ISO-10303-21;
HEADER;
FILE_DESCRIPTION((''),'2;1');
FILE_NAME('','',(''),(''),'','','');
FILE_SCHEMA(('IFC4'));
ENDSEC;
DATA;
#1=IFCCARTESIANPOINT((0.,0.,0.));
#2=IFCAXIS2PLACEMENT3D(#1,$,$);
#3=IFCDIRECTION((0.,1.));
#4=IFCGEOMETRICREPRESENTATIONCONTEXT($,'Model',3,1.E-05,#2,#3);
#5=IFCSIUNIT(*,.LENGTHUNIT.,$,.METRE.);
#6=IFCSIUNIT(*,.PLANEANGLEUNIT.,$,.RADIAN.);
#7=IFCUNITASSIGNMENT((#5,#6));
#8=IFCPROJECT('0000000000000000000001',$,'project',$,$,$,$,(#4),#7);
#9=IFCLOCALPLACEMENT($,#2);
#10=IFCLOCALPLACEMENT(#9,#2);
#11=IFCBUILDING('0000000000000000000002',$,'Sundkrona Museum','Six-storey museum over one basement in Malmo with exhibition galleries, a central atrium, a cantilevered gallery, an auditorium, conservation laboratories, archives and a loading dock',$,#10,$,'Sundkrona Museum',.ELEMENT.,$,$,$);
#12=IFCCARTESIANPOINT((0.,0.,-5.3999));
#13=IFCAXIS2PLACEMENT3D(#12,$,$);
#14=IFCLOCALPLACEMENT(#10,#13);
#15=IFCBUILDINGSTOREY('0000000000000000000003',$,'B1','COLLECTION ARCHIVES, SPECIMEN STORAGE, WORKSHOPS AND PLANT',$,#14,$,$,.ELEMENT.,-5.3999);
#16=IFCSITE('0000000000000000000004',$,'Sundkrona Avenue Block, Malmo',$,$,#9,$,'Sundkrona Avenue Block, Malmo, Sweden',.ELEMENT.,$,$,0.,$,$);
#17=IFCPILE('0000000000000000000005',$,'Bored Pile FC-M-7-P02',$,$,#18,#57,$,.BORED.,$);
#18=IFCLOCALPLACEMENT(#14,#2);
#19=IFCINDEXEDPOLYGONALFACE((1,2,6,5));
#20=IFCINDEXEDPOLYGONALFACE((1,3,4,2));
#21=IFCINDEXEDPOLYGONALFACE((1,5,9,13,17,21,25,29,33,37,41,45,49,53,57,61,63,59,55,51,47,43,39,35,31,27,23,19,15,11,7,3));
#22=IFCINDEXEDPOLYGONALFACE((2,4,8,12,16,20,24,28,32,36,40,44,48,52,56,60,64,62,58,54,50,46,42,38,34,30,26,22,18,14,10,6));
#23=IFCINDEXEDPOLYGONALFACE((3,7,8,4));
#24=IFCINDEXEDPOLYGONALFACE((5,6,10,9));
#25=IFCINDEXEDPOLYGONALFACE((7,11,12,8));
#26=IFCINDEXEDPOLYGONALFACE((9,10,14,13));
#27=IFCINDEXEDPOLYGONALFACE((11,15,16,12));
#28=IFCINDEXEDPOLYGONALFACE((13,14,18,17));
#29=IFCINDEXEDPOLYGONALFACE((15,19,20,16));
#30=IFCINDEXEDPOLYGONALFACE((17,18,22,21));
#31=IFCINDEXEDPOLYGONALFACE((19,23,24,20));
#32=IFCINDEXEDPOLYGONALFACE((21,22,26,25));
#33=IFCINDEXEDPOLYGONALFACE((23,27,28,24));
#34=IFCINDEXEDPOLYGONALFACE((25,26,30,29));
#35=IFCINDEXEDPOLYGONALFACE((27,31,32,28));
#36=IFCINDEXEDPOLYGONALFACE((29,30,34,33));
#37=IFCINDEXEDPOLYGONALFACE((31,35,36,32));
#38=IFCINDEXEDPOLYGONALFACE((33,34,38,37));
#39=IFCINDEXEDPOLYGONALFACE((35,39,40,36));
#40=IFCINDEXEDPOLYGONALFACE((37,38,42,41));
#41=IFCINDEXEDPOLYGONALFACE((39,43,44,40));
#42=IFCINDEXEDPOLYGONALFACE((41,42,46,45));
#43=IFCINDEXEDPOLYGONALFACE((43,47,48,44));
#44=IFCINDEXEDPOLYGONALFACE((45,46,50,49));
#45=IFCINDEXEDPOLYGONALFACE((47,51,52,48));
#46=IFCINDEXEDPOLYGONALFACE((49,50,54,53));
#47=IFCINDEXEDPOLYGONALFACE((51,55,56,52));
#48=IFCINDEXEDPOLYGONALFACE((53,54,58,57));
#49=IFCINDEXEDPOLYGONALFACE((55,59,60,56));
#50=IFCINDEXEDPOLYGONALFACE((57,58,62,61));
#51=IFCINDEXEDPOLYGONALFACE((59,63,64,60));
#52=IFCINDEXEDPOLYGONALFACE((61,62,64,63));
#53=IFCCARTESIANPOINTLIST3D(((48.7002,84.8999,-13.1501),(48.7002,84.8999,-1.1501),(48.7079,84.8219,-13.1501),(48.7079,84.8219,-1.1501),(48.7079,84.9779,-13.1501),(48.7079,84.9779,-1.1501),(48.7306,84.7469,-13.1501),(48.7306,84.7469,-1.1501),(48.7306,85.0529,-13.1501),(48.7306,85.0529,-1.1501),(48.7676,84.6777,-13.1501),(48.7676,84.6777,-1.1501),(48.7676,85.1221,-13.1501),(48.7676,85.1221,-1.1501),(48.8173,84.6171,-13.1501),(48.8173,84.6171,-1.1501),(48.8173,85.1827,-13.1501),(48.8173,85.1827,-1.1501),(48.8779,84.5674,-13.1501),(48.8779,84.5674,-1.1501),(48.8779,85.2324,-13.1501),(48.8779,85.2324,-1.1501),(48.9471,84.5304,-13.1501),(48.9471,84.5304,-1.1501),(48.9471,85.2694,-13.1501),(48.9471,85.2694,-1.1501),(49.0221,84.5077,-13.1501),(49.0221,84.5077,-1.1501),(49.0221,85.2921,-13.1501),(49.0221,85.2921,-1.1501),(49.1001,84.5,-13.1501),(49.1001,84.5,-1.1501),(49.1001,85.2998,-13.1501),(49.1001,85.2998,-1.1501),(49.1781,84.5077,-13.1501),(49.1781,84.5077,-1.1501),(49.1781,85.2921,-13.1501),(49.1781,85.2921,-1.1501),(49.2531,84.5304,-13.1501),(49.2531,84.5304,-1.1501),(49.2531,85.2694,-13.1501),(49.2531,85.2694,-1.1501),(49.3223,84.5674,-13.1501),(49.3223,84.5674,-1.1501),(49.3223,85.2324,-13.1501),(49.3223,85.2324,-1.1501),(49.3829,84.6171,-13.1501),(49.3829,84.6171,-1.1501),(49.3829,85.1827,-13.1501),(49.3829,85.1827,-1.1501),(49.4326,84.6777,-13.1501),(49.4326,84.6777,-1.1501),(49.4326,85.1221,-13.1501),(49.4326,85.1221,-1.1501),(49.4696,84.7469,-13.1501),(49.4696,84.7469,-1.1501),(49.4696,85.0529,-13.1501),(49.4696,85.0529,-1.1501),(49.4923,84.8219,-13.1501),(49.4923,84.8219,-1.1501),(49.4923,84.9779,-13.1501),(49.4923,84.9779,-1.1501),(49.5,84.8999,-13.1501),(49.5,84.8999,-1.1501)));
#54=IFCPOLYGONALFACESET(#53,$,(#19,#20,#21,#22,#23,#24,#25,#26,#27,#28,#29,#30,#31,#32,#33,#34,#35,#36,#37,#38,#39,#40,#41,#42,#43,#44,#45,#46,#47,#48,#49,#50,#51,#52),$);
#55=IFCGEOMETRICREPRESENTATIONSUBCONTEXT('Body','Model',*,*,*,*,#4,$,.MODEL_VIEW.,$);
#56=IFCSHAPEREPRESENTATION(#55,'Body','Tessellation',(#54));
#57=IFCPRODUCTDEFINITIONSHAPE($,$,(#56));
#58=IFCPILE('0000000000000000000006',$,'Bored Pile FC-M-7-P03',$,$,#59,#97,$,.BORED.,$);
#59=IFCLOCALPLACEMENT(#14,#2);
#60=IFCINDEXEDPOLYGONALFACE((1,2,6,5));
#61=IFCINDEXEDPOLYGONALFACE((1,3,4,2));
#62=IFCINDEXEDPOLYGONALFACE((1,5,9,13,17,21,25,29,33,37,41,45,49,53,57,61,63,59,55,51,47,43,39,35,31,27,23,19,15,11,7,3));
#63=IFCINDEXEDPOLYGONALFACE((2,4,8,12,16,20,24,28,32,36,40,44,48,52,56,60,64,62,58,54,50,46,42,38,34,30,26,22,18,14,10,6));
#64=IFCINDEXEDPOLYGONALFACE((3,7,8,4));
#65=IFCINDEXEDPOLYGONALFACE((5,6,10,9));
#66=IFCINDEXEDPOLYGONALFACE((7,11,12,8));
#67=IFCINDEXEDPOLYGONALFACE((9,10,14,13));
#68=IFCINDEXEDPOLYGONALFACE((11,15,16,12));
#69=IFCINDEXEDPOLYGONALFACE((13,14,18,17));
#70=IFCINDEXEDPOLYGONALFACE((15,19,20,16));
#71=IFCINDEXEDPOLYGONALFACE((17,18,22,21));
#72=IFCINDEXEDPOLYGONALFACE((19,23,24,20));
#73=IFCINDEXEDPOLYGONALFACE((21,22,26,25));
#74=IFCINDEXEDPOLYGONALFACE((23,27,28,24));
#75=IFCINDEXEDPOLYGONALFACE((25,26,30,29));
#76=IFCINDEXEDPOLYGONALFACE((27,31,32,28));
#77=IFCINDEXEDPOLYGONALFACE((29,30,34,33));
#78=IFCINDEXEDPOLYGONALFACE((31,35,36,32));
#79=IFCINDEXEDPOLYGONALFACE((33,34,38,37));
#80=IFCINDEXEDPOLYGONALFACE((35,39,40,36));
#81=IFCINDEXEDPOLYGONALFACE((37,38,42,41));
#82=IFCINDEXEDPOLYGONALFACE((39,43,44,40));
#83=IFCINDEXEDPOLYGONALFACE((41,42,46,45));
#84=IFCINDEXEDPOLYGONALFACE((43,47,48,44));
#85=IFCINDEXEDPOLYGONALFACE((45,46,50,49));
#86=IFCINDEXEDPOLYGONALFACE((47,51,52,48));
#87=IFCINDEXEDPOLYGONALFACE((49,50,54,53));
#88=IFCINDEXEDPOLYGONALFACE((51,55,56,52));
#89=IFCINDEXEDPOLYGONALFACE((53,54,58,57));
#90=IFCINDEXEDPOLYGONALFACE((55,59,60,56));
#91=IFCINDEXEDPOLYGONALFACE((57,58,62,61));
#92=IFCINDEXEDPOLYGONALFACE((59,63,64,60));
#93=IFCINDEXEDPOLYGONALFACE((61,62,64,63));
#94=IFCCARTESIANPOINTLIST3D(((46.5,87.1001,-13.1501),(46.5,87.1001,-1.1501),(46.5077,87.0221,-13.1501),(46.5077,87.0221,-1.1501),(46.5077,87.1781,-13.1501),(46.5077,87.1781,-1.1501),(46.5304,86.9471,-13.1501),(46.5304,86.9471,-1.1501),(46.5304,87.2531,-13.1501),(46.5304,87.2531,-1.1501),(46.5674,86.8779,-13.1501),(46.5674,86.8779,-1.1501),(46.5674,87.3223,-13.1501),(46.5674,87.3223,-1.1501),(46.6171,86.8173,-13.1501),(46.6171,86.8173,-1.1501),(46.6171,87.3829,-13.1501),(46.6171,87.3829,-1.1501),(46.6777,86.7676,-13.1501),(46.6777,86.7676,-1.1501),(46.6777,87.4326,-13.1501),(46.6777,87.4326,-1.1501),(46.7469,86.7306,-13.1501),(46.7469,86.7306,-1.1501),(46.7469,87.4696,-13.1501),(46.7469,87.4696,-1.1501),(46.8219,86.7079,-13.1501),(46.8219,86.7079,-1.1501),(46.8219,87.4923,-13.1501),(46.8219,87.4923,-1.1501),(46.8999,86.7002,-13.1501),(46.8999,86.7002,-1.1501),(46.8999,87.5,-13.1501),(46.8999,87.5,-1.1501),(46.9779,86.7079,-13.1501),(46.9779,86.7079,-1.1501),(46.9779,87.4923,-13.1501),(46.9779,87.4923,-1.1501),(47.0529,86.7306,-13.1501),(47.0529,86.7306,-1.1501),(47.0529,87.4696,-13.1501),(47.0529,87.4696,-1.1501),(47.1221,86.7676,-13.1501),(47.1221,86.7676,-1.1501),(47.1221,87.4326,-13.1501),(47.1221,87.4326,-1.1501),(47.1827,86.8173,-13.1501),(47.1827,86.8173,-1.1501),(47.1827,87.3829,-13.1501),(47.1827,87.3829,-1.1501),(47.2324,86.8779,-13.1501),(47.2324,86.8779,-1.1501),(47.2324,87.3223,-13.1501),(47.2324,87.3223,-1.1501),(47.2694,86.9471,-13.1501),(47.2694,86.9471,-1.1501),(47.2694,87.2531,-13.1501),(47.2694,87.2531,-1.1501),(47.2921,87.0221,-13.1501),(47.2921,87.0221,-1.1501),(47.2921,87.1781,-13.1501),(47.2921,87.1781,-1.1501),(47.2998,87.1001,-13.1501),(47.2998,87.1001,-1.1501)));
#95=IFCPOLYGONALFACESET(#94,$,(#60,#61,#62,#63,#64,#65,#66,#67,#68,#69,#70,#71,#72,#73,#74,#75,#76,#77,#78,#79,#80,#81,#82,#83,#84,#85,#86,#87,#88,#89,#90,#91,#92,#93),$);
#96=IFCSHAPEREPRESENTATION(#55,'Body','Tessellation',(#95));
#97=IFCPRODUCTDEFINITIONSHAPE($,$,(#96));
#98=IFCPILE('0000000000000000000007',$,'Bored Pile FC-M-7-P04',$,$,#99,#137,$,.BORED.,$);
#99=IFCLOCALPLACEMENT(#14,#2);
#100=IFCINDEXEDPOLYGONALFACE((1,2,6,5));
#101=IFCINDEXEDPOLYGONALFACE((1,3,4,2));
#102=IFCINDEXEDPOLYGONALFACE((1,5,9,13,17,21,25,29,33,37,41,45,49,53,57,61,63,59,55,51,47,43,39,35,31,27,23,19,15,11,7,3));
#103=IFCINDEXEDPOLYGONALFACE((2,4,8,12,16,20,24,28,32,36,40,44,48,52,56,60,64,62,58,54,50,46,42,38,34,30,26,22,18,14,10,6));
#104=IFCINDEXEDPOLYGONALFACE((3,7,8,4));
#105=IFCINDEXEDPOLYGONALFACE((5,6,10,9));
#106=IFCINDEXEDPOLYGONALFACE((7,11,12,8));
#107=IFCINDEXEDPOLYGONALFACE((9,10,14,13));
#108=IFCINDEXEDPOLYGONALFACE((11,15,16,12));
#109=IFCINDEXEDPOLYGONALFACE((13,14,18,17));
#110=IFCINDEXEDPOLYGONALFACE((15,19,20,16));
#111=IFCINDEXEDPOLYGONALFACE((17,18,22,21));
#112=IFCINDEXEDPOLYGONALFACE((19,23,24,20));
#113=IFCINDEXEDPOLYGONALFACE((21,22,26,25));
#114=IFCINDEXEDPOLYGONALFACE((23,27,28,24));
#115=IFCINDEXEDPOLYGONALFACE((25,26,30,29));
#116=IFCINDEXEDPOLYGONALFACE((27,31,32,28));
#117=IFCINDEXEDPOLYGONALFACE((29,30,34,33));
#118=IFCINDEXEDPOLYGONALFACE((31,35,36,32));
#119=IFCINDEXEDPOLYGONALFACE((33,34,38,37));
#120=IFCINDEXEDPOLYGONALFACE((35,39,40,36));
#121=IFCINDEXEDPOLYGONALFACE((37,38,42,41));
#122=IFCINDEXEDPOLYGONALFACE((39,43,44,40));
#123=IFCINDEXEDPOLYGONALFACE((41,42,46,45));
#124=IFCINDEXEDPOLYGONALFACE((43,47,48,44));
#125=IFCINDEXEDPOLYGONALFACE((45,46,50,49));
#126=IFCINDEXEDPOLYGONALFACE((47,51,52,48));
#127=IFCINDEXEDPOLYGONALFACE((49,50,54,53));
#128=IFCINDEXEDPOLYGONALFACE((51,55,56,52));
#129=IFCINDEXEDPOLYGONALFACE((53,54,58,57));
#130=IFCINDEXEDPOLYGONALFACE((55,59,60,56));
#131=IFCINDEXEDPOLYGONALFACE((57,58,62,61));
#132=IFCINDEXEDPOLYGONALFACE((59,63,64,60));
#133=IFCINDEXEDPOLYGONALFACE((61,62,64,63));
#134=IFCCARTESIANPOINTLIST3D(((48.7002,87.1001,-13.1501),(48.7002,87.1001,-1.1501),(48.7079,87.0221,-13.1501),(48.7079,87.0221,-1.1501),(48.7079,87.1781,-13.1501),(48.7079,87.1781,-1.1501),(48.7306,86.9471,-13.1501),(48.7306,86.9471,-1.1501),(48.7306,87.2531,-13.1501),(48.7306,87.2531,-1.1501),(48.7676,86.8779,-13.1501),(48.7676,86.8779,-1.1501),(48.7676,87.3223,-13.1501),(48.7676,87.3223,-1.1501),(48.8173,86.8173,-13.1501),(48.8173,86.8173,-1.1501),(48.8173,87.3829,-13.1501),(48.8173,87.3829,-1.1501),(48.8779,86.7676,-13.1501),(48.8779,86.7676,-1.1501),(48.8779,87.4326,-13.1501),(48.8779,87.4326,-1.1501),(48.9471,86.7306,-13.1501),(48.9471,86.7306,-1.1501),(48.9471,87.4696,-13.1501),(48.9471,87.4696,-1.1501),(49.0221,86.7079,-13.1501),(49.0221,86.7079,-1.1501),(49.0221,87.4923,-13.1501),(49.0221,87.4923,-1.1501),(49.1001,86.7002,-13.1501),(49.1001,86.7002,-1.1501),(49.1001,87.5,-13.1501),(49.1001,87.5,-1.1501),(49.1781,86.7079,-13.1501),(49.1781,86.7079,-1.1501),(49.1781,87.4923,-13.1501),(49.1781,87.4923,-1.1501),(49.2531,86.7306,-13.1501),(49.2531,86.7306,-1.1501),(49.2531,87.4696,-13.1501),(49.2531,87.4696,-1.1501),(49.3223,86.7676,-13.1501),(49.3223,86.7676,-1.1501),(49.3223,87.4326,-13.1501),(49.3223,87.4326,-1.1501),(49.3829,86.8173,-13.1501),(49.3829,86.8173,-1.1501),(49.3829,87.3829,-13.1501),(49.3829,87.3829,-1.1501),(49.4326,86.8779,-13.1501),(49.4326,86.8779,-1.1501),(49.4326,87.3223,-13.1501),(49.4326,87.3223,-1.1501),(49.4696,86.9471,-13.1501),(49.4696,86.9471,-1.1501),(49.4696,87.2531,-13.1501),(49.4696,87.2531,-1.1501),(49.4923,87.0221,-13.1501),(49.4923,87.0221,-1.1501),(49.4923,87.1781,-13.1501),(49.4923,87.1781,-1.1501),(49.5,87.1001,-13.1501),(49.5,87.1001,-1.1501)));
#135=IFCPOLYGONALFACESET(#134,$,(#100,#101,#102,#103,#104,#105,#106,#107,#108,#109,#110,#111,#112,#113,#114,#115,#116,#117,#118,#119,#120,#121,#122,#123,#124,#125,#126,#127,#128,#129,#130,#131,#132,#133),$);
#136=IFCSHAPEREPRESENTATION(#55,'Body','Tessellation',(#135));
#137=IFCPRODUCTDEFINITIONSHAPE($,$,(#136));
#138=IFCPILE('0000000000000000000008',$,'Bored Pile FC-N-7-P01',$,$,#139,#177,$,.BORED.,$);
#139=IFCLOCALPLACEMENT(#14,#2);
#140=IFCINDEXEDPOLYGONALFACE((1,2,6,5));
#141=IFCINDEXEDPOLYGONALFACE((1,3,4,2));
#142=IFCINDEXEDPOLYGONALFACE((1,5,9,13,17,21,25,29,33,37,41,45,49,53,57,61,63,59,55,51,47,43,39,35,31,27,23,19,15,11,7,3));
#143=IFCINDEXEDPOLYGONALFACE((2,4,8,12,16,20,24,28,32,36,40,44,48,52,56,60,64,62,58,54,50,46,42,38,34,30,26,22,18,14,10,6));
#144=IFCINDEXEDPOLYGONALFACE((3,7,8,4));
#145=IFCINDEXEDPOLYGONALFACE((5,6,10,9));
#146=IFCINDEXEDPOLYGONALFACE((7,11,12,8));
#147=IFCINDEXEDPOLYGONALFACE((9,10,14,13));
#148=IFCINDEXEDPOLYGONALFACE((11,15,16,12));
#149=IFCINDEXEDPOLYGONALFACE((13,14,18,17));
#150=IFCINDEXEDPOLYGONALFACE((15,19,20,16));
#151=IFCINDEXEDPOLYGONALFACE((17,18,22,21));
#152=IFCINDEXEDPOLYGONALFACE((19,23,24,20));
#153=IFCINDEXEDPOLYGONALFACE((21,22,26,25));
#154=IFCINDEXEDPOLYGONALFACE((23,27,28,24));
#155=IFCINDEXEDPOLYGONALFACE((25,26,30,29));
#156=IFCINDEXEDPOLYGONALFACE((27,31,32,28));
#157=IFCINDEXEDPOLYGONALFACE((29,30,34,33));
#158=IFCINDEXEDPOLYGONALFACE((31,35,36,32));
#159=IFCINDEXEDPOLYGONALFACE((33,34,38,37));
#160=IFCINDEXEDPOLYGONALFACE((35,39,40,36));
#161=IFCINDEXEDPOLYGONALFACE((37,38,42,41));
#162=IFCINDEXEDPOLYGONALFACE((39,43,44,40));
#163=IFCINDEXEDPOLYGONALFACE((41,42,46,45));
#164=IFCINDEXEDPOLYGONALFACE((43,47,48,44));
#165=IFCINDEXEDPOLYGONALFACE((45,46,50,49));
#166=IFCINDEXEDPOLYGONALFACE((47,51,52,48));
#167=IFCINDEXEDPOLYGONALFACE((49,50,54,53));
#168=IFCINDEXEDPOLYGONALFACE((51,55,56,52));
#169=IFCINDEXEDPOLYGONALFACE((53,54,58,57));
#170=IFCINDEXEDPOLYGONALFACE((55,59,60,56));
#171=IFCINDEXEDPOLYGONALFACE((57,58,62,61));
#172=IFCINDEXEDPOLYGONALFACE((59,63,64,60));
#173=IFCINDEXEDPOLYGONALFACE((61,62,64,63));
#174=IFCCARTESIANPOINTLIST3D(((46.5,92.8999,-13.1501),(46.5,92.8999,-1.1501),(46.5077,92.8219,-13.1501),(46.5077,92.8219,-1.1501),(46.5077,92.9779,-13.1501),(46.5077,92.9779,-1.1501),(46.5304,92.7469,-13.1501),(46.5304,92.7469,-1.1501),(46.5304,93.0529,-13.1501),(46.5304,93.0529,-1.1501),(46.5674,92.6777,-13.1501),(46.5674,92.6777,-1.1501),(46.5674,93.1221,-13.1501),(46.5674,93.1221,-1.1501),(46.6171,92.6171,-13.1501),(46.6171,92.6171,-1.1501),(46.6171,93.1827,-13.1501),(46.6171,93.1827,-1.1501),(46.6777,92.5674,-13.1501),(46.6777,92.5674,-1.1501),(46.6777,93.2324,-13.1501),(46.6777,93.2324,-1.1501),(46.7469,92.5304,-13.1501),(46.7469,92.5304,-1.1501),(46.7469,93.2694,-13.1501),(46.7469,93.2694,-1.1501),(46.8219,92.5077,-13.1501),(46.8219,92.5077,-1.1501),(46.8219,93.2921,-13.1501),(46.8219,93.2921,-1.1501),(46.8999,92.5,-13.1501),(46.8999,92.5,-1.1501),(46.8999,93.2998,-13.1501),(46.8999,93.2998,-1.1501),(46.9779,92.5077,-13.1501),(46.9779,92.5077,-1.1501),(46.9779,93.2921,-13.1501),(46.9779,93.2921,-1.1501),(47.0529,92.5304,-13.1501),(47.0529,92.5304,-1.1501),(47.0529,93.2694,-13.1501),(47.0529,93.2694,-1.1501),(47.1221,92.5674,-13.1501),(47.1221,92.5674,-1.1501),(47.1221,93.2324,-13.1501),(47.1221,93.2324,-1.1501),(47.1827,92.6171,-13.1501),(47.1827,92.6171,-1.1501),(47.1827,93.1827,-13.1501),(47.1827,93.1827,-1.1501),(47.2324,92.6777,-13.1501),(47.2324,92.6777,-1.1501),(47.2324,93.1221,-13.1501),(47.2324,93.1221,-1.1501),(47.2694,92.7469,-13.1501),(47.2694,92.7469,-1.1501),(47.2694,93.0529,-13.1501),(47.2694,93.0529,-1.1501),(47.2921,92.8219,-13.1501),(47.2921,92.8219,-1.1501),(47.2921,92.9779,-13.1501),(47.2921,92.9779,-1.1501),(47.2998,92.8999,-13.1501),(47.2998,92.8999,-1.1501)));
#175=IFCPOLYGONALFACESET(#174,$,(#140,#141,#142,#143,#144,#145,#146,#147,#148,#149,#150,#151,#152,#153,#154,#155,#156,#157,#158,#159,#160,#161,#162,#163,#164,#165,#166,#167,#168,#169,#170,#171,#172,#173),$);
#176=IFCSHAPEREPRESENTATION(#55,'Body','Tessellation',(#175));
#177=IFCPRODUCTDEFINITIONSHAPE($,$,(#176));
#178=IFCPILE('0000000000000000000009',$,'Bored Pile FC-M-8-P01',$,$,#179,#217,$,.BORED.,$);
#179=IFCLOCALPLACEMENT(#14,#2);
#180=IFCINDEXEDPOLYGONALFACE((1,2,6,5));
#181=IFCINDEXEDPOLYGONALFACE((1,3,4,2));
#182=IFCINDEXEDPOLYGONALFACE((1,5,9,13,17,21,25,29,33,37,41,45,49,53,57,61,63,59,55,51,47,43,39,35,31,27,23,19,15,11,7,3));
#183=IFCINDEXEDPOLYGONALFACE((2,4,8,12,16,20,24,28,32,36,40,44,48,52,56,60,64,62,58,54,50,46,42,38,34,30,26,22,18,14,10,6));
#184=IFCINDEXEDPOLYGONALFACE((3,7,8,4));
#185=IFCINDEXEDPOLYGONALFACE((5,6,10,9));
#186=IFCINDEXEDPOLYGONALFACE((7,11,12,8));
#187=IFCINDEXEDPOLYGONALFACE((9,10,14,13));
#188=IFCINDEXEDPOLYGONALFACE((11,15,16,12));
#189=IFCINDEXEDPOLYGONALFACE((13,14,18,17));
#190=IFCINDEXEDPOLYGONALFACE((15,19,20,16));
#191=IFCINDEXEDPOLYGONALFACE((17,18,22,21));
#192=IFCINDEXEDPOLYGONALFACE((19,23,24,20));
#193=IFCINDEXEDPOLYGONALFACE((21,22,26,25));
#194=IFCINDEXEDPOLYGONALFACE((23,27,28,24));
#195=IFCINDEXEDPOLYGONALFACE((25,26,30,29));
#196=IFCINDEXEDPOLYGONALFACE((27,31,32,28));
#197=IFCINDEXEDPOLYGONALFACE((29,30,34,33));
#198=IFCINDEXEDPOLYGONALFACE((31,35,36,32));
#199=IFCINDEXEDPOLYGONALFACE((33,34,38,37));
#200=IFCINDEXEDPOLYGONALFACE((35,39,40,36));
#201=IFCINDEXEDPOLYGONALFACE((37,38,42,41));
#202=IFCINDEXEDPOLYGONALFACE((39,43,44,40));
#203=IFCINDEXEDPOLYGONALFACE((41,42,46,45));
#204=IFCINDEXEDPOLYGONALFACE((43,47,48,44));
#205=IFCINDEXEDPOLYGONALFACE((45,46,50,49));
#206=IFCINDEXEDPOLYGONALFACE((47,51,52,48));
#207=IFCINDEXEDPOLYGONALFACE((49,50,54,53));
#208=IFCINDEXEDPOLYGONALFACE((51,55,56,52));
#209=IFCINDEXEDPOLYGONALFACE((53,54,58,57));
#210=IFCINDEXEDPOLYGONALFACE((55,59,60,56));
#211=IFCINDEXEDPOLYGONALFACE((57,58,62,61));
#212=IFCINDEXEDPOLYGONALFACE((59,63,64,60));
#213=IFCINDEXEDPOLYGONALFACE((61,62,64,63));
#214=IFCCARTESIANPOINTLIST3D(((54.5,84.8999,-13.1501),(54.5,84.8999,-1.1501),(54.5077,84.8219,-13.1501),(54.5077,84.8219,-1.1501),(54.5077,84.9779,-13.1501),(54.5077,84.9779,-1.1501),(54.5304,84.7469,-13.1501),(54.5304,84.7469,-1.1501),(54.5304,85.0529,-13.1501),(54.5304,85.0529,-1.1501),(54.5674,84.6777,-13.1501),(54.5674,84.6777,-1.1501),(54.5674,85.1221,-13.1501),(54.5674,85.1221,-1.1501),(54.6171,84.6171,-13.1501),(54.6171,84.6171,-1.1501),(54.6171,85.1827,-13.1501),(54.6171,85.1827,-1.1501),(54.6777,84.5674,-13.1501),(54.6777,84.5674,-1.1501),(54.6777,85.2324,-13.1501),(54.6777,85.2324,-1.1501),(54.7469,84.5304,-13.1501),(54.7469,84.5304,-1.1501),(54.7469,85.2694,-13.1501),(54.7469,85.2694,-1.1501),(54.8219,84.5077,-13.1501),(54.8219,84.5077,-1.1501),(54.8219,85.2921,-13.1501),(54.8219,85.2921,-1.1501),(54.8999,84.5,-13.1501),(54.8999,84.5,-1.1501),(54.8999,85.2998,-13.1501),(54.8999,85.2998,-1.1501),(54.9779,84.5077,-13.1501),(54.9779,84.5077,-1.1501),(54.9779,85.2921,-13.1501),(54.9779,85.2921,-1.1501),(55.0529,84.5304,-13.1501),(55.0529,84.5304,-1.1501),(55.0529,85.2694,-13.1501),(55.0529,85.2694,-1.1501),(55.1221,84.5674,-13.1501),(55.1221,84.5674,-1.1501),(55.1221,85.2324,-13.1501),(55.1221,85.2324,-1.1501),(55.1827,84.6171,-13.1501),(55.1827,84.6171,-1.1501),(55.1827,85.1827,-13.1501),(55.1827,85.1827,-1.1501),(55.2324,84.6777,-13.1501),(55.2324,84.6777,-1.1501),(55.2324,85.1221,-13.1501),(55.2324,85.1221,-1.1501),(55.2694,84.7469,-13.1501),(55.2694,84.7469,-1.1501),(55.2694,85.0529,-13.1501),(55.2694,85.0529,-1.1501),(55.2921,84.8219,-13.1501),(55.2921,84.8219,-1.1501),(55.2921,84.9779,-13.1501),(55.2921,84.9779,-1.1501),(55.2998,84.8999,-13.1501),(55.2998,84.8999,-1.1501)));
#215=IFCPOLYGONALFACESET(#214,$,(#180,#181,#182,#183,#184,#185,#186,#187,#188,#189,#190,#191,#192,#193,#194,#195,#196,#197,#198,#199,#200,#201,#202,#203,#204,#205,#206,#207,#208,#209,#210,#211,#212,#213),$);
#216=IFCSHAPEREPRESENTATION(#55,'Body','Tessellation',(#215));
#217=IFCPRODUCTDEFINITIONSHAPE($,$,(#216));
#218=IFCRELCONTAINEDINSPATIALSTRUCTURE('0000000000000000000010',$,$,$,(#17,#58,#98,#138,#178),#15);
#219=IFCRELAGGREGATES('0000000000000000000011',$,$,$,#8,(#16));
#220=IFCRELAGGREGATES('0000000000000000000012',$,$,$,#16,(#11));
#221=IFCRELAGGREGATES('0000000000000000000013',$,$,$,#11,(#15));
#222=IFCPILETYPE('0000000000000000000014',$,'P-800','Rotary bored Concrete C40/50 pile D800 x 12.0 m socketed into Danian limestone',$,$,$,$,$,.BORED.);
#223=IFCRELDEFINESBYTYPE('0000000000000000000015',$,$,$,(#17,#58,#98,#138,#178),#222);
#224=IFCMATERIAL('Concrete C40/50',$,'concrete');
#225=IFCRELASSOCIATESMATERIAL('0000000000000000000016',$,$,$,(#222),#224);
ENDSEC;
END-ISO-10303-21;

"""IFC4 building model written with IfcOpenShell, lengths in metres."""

from ifc_helpers import new_model, si_unit, direction, frame, origin, origin_2d, place, context, subcontext, project, spatial, circle, extrude, material, material_profile, profile_set, type_object, element, save


model = new_model("IFC4")

# Units and contexts
model_context = context("Model", 3, precision=1e-05, world=origin(), true_north=direction((0.0, 1.0)))
body_context = subcontext(model_context, "Body", "Model", "MODEL_VIEW")
ifc_project = project(units=[si_unit("LENGTHUNIT", "METRE"), si_unit("PLANEANGLEUNIT", "RADIAN")], contexts=[model_context])

# Site, building, storey
site_placement = place(None, origin())
site = spatial("IfcSite", under=ifc_project, at=site_placement, Name="Sundkrona Avenue Block, Malmo", LongName="Sundkrona Avenue Block, Malmo, Sweden", CompositionType="ELEMENT", RefElevation=0.0)
building_placement = place(site_placement, origin())
building = spatial("IfcBuilding", under=site, at=building_placement, Name="Sundkrona Museum", Description="Six-storey museum over one basement in Malmo with exhibition galleries, a central atrium, a cantilevered gallery, an auditorium, conservation laboratories, archives and a loading dock", LongName="Sundkrona Museum", CompositionType="ELEMENT")
storey_placement = place(building_placement, frame((0.0, 0.0, -5.3999)))
storey = spatial("IfcBuildingStorey", under=building, at=storey_placement, Name="B1", Description="COLLECTION ARCHIVES, SPECIMEN STORAGE, WORKSHOPS AND PLANT", CompositionType="ELEMENT", Elevation=-5.3999)

# Shared definitions
ifc_material_1 = material(Name="Concrete C40/50", Category="concrete")

# Piles
ifc_material_profile_1 = material_profile(ifc_material_1, circle(Radius=0.3999, at=origin_2d()), Name="PILE D800")
ifc_profile_set_1 = profile_set([ifc_material_profile_1], Name="Concrete C40/50")
pile_type = type_object("IfcPileType", Name="P-800", Description="Rotary bored Concrete C40/50 pile D800 x 12.0 m socketed into Danian limestone", PredefinedType="BORED", material=ifc_profile_set_1)
for number, where, z_axis, x_axis, name in (
    (1, (49.1001, 84.8999, -1.1501), (0.0, 0.0, -1.0), (1.0, 0.0, 0.0), "Bored Pile FC-M-7-P02"),
    (2, (46.8999, 87.1001, -1.1501), (0.0, 0.0, -1.0), (1.0, 0.0, 0.0), "Bored Pile FC-M-7-P03"),
    (3, (49.1001, 87.1001, -1.1501), (0.0, 0.0, -1.0), (1.0, 0.0, 0.0), "Bored Pile FC-M-7-P04"),
    (4, (46.8999, 92.8999, -1.1501), (0.0, 0.0, -1.0), (1.0, 0.0, 0.0), "Bored Pile FC-N-7-P01"),
    (5, (54.8999, 84.8999, -1.1501), (0.0, 0.0, -1.0), (1.0, 0.0, 0.0), "Bored Pile FC-M-8-P01"),
):
    element("IfcPile", number, at=place(storey_placement, frame(where, z_axis=z_axis, x_axis=x_axis)), inside=storey, type_object=pile_type, Name=name, PredefinedType="BORED", context=body_context, shape_type="SweptSolid", body=[
        extrude(circle(Radius=0.3999, at=origin_2d()), origin(), (0.0, 0.0, 1.0), 12.0),
    ])

save(model, "model.ifc")
